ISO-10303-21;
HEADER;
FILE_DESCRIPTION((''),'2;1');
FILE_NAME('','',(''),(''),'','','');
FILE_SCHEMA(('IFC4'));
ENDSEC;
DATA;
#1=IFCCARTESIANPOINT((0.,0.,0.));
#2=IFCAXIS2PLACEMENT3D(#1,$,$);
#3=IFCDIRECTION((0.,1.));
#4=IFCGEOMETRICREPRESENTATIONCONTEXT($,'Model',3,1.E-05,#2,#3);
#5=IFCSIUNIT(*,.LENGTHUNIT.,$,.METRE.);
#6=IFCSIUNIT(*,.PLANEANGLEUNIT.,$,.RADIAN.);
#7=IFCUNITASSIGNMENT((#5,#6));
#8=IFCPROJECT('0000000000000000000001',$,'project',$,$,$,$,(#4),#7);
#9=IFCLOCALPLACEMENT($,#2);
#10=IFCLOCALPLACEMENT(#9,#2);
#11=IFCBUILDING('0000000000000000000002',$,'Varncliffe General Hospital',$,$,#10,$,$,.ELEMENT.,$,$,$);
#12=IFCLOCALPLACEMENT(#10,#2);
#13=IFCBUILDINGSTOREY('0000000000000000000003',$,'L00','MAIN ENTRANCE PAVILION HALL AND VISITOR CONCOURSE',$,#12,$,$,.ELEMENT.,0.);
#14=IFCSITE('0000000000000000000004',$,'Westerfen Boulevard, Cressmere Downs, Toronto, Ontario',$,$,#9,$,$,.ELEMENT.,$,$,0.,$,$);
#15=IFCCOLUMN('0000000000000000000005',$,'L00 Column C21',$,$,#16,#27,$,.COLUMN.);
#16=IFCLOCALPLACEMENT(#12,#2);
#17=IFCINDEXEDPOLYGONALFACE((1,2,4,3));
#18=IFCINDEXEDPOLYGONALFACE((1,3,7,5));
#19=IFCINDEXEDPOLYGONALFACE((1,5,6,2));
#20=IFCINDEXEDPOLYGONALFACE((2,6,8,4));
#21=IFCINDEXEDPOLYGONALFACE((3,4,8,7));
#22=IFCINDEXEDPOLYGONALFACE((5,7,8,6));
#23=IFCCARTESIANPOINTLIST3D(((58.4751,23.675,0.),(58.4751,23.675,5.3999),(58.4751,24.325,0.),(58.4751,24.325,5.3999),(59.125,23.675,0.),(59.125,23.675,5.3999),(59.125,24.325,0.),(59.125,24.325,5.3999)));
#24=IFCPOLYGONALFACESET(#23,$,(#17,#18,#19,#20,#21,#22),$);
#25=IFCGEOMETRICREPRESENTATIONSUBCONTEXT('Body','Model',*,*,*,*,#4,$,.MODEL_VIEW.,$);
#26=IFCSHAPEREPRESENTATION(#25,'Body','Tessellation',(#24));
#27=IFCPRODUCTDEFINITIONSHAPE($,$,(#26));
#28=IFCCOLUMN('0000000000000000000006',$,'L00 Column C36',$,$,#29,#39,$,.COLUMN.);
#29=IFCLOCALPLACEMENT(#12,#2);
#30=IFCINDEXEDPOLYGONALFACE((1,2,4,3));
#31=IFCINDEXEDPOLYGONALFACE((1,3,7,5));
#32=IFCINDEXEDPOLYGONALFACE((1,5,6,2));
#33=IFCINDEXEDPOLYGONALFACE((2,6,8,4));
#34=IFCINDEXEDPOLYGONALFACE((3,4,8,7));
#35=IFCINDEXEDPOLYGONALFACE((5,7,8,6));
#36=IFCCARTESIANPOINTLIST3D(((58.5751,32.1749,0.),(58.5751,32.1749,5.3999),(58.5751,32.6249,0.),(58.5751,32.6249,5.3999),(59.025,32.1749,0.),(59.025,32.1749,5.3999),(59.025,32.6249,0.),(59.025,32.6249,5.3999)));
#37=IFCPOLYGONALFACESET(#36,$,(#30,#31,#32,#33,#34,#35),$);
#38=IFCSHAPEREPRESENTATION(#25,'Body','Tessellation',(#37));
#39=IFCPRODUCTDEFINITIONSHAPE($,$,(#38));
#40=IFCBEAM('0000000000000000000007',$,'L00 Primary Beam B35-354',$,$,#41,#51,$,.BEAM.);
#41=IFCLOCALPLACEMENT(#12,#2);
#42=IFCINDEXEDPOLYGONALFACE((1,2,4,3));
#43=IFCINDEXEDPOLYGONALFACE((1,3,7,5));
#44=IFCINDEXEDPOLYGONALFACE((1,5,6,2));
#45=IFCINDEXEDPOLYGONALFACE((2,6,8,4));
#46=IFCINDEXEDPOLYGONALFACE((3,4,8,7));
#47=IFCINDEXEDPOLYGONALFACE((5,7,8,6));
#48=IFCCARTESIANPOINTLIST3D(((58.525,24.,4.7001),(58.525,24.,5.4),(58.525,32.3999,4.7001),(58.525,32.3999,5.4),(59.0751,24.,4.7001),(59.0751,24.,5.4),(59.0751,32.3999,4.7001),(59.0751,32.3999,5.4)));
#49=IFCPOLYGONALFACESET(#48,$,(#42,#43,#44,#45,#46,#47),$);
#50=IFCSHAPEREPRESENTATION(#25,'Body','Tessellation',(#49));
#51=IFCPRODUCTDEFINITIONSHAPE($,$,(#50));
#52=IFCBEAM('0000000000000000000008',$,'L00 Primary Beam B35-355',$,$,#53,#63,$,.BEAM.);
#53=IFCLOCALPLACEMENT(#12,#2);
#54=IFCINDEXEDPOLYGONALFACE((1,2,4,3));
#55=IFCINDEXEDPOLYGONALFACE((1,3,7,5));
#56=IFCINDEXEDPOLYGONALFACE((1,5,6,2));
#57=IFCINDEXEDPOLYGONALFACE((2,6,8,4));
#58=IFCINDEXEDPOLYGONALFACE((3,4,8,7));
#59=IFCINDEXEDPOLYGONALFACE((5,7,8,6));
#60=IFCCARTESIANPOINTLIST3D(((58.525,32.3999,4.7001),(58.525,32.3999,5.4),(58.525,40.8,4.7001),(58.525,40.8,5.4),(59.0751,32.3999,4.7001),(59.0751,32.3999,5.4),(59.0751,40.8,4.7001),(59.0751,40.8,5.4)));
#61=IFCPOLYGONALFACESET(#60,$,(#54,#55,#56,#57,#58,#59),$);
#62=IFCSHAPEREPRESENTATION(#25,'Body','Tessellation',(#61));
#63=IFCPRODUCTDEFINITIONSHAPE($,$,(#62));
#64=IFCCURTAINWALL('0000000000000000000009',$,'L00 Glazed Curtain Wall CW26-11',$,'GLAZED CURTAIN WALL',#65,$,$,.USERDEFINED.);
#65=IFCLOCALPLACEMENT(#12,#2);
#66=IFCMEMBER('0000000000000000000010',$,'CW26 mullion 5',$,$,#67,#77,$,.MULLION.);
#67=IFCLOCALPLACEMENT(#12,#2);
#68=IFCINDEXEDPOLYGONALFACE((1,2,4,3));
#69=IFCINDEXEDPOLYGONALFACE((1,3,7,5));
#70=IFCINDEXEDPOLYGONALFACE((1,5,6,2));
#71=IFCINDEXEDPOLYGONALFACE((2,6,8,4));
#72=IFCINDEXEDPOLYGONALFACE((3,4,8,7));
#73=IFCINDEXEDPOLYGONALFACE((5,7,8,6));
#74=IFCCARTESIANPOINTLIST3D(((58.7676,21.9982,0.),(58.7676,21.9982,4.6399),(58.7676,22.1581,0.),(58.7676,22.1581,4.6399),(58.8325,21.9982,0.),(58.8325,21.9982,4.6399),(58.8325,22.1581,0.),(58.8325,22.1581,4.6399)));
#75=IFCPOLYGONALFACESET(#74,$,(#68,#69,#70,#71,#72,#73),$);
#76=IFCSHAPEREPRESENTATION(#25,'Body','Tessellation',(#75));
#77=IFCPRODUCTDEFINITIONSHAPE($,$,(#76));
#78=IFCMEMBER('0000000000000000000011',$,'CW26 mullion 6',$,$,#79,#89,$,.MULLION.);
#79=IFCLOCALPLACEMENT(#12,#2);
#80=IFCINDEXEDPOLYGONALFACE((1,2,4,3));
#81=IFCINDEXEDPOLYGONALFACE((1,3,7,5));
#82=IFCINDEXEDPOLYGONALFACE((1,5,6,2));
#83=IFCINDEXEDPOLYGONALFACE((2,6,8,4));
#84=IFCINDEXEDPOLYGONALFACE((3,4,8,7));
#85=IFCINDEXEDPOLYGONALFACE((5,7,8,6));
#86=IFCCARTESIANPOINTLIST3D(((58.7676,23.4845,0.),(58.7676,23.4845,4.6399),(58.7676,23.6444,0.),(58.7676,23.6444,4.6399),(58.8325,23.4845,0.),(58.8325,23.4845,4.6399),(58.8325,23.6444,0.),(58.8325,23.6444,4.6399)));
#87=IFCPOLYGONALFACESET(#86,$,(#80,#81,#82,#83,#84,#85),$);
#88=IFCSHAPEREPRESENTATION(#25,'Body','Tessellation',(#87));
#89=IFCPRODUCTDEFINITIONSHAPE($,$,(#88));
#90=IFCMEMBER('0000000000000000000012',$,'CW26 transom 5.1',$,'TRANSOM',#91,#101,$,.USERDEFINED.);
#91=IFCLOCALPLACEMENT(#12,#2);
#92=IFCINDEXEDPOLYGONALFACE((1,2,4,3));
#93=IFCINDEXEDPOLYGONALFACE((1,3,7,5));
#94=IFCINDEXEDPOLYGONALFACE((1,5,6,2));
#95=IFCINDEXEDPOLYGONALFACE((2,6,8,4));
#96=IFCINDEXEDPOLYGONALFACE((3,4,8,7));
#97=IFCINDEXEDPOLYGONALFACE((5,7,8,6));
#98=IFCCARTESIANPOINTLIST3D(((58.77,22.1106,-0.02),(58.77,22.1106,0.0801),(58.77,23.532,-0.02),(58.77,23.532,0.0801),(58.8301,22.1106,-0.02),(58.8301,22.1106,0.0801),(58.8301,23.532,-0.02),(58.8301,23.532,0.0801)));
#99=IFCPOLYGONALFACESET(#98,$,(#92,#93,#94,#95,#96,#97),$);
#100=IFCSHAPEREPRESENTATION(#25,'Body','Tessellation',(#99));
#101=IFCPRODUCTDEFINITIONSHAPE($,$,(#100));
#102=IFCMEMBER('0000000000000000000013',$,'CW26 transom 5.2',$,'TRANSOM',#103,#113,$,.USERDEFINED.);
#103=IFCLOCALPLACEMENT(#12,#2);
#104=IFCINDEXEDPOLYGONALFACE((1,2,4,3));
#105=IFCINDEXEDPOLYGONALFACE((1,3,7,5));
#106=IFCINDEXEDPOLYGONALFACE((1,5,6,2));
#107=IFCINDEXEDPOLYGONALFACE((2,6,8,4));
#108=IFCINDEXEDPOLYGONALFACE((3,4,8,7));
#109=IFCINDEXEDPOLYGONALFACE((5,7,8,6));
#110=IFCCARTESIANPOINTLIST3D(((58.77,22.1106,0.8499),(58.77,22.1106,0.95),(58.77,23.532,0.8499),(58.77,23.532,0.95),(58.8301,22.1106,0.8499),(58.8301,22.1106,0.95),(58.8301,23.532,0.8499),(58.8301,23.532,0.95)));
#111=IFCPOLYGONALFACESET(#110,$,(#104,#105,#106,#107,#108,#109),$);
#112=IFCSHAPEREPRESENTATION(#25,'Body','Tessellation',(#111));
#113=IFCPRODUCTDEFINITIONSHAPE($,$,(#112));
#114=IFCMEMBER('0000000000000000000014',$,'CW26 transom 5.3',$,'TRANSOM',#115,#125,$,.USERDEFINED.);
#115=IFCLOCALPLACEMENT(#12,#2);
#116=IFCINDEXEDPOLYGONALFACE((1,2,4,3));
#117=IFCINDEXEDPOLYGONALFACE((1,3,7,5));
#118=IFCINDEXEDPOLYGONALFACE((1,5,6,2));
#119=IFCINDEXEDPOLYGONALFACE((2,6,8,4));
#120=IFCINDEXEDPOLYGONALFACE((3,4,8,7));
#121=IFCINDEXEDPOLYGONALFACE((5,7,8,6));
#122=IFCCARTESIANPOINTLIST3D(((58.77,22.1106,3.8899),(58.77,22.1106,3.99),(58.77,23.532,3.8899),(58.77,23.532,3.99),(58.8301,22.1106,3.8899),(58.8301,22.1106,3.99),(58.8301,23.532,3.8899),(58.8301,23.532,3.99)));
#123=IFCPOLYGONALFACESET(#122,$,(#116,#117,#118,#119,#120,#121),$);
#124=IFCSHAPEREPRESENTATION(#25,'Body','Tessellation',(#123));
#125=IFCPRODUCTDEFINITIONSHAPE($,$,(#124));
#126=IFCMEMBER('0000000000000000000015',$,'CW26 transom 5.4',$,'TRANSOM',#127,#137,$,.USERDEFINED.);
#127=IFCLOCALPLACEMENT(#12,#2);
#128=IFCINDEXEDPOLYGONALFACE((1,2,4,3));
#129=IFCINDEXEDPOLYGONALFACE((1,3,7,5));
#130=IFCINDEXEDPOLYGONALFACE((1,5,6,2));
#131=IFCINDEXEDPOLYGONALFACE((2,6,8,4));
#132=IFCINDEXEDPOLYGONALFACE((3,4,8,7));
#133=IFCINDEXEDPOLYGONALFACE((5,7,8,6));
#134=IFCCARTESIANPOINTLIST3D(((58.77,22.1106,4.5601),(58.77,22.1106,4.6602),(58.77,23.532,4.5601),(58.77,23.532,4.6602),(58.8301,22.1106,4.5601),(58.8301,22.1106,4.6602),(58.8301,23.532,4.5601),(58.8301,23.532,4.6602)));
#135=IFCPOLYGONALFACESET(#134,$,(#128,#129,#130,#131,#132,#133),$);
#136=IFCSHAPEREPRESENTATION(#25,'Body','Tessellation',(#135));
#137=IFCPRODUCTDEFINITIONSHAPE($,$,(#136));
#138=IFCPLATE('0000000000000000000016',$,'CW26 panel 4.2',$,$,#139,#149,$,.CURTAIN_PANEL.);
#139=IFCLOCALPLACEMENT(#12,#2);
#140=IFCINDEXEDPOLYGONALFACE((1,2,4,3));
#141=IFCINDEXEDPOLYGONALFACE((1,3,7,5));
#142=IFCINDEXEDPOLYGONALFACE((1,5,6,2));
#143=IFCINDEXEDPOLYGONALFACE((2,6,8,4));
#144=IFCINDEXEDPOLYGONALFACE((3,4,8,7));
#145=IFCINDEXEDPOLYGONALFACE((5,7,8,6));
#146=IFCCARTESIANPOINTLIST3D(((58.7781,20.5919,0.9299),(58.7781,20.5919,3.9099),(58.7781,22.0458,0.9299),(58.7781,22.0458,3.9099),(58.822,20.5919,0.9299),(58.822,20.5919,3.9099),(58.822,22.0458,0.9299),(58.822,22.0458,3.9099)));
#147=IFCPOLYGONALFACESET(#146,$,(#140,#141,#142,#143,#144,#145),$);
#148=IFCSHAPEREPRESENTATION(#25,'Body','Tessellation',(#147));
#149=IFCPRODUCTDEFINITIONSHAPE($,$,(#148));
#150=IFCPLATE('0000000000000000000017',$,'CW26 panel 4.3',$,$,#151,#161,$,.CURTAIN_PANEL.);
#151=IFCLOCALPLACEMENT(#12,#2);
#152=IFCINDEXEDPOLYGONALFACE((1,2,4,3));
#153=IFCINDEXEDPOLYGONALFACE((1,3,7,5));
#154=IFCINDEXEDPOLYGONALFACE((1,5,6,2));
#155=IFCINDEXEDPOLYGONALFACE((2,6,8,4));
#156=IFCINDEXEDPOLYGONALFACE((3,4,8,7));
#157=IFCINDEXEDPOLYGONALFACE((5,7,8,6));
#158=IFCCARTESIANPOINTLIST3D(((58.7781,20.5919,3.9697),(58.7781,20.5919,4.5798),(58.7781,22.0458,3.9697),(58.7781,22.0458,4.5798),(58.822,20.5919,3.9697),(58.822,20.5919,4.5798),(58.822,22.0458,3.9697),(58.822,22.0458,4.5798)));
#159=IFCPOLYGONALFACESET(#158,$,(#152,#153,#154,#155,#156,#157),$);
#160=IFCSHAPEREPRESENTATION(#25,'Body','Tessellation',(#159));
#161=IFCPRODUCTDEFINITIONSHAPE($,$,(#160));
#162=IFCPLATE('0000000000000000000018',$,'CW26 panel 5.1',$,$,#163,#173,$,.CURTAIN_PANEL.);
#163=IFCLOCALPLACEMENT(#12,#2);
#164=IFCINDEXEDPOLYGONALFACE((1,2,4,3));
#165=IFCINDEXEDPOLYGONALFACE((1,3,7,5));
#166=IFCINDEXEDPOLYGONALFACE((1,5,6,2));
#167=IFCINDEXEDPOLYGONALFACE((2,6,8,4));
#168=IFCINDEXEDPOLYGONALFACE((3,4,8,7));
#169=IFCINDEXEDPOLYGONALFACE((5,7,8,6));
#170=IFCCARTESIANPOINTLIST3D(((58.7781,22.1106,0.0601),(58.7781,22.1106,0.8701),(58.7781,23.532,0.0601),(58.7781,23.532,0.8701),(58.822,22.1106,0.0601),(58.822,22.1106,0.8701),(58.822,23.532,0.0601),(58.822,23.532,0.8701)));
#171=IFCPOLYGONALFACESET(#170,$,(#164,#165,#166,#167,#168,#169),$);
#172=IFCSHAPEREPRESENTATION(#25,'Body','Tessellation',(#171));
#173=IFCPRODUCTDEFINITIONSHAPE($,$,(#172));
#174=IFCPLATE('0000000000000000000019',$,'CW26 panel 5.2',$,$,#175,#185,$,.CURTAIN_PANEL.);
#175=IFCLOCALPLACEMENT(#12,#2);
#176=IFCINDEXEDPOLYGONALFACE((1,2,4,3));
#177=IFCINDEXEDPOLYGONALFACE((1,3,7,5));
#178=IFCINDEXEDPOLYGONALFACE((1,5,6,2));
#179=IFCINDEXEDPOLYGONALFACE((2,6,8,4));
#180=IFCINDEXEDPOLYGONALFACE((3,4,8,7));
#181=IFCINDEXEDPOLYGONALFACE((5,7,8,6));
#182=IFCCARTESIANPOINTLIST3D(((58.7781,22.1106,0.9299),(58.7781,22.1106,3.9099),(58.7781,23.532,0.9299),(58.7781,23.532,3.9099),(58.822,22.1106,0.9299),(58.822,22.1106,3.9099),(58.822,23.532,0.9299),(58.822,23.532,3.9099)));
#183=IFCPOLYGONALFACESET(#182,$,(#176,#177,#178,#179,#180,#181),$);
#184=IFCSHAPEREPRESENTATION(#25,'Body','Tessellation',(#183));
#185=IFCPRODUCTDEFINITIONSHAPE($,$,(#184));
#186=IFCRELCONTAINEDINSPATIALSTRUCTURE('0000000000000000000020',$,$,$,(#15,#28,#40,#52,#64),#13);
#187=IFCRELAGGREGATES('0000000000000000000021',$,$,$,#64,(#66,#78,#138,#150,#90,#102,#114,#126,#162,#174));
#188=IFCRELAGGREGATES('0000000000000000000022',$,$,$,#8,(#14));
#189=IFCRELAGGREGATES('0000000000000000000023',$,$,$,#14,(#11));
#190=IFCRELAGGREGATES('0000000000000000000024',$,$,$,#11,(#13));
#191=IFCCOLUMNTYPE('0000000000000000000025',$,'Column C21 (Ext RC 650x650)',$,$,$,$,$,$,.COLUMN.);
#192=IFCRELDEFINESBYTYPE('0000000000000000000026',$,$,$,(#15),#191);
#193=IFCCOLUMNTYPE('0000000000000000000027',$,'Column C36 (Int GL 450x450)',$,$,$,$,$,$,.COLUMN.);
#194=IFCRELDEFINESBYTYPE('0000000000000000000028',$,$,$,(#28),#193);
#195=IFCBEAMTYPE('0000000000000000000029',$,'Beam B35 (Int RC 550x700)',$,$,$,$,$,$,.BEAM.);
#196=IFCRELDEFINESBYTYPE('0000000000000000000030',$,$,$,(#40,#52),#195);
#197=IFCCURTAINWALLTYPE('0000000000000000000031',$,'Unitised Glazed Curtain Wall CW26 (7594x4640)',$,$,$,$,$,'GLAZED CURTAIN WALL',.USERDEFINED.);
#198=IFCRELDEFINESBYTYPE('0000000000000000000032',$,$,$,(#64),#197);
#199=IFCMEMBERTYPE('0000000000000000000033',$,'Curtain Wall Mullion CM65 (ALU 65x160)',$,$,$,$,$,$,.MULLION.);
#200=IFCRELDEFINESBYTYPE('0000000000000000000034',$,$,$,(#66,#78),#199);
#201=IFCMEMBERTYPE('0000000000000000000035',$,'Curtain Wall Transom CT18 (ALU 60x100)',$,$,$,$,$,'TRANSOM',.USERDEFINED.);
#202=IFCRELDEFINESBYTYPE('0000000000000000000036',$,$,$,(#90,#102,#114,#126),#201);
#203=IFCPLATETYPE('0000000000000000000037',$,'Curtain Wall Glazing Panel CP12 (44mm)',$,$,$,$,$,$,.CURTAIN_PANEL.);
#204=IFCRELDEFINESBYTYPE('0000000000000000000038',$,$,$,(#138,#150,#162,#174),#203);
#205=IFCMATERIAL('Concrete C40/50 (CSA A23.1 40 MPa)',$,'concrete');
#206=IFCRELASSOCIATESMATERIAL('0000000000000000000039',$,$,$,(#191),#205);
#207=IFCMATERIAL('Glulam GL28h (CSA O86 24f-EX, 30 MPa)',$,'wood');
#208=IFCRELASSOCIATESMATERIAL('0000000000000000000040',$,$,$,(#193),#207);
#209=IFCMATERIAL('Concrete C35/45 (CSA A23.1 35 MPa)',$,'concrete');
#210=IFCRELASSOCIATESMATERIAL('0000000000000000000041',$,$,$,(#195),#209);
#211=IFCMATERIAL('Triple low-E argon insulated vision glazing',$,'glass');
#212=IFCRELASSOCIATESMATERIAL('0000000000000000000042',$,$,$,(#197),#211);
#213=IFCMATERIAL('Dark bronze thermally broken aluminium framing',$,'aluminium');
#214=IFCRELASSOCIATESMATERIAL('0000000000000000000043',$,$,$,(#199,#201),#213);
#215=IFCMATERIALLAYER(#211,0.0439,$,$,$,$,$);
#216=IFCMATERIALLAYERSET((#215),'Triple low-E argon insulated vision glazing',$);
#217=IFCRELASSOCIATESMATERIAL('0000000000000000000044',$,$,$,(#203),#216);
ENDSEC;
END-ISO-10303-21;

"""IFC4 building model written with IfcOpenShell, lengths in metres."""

from ifc_helpers import new_model, si_unit, direction, frame, origin, origin_2d, place, context, subcontext, project, spatial, rectangle, extrude, material, layer, layer_set, material_profile, profile_set, type_object, element, aggregate, save


model = new_model("IFC4")

# Units and contexts
model_context = context("Model", 3, precision=1e-05, world=origin(), true_north=direction((0.0, 1.0)))
body_context = subcontext(model_context, "Body", "Model", "MODEL_VIEW")
ifc_project = project(units=[si_unit("LENGTHUNIT", "METRE"), si_unit("PLANEANGLEUNIT", "RADIAN")], contexts=[model_context])

# Site, building, storey
site_placement = place(None, origin())
site = spatial("IfcSite", under=ifc_project, at=site_placement, Name="Westerfen Boulevard, Cressmere Downs, Toronto, Ontario", CompositionType="ELEMENT", RefElevation=0.0)
building_placement = place(site_placement, origin())
building = spatial("IfcBuilding", under=site, at=building_placement, Name="Varncliffe General Hospital", CompositionType="ELEMENT")
storey_placement = place(building_placement, origin())
storey = spatial("IfcBuildingStorey", under=building, at=storey_placement, Name="L00", Description="MAIN ENTRANCE PAVILION HALL AND VISITOR CONCOURSE", CompositionType="ELEMENT", Elevation=0.0)

# Columns
ifc_material_1 = material(Name="Concrete C40/50 (CSA A23.1 40 MPa)", Category="concrete")
ifc_material_profile_1 = material_profile(ifc_material_1, rectangle(XDim=0.6499, YDim=0.6499, at=origin_2d()), Name="RC 650x650")
ifc_profile_set_1 = profile_set([ifc_material_profile_1], Name="Concrete C40/50 (CSA A23.1 40 MPa)")
column_type_1 = type_object("IfcColumnType", Name="Column C21 (Ext RC 650x650)", PredefinedType="COLUMN", material=ifc_profile_set_1)
column_1_placement = place(storey_placement, frame((58.8, 24.0, 0.0), z_axis=(0.0, 0.0, 1.0), x_axis=(1.0, 0.0, 0.0)))
element("IfcColumn", 1, at=column_1_placement, inside=storey, type_object=column_type_1, Name="L00 Column C21", PredefinedType="COLUMN", context=body_context, shape_type="SweptSolid", body=[
    extrude(rectangle(XDim=0.6499, YDim=0.6499, at=origin_2d()), origin(), (0.0, 0.0, 1.0), 5.3999),
])
ifc_material_2 = material(Name="Glulam GL28h (CSA O86 24f-EX, 30 MPa)", Category="wood")
ifc_material_profile_2 = material_profile(ifc_material_2, rectangle(XDim=0.45, YDim=0.45, at=origin_2d()), Name="GL 450x450")
ifc_profile_set_2 = profile_set([ifc_material_profile_2], Name="Glulam GL28h (CSA O86 24f-EX, 30 MPa)")
column_type_2 = type_object("IfcColumnType", Name="Column C36 (Int GL 450x450)", PredefinedType="COLUMN", material=ifc_profile_set_2)
column_2_placement = place(storey_placement, frame((58.8, 32.3999, 0.0), z_axis=(0.0, 0.0, 1.0), x_axis=(1.0, 0.0, 0.0)))
element("IfcColumn", 2, at=column_2_placement, inside=storey, type_object=column_type_2, Name="L00 Column C36", PredefinedType="COLUMN", context=body_context, shape_type="SweptSolid", body=[
    extrude(rectangle(XDim=0.45, YDim=0.45, at=origin_2d()), origin(), (0.0, 0.0, 1.0), 5.3999),
])

# Beams
ifc_material_3 = material(Name="Concrete C35/45 (CSA A23.1 35 MPa)", Category="concrete")
ifc_material_profile_3 = material_profile(ifc_material_3, rectangle(XDim=0.55, YDim=0.7, at=origin_2d()), Name="RC 550x700")
ifc_profile_set_3 = profile_set([ifc_material_profile_3], Name="Concrete C35/45 (CSA A23.1 35 MPa)")
beam_type = type_object("IfcBeamType", Name="Beam B35 (Int RC 550x700)", PredefinedType="BEAM", material=ifc_profile_set_3)
beam_1_placement = place(storey_placement, frame((58.8, 24.0, 5.05), z_axis=(0.0, 1.0, 0.0), x_axis=(-1.0, 0.0, 0.0)))
element("IfcBeam", 3, at=beam_1_placement, inside=storey, type_object=beam_type, Name="L00 Primary Beam B35-354", PredefinedType="BEAM", context=body_context, shape_type="SweptSolid", body=[
    extrude(rectangle(XDim=0.55, YDim=0.7, at=origin_2d()), origin(), (0.0, 0.0, 1.0), 8.3999),
])
beam_2_placement = place(storey_placement, frame((58.8, 32.3999, 5.05), z_axis=(0.0, 1.0, 0.0), x_axis=(-1.0, 0.0, 0.0)))
element("IfcBeam", 4, at=beam_2_placement, inside=storey, type_object=beam_type, Name="L00 Primary Beam B35-355", PredefinedType="BEAM", context=body_context, shape_type="SweptSolid", body=[
    extrude(rectangle(XDim=0.55, YDim=0.7, at=origin_2d()), origin(), (0.0, 0.0, 1.0), 8.4001),
])

# Curtain wall, members, plates
ifc_material_4 = material(Name="Triple low-E argon insulated vision glazing", Category="glass")
curtain_wall_type = type_object("IfcCurtainWallType", Name="Unitised Glazed Curtain Wall CW26 (7594x4640)", ElementType="GLAZED CURTAIN WALL", PredefinedType="USERDEFINED", material=ifc_material_4)
curtain_wall_placement = place(storey_placement, origin())
curtain_wall = element("IfcCurtainWall", 5, at=curtain_wall_placement, inside=storey, type_object=curtain_wall_type, Name="L00 Glazed Curtain Wall CW26-11", ObjectType="GLAZED CURTAIN WALL", PredefinedType="USERDEFINED")
ifc_material_5 = material(Name="Dark bronze thermally broken aluminium framing", Category="aluminium")
ifc_material_profile_4 = material_profile(ifc_material_5, rectangle(XDim=0.0649, YDim=0.1599, at=origin_2d()), Name="ALU 65x160")
ifc_profile_set_4 = profile_set([ifc_material_profile_4], Name="Dark bronze thermally broken aluminium framing")
member_type_1 = type_object("IfcMemberType", Name="Curtain Wall Mullion CM65 (ALU 65x160)", PredefinedType="MULLION", material=ifc_profile_set_4)
member_1_placement = place(storey_placement, frame((58.8, 22.0781, 0.0), z_axis=(0.0, 0.0, 1.0), x_axis=(-1.0, 0.0, 0.0)))
member_1 = element("IfcMember", 6, at=member_1_placement, type_object=member_type_1, Name="CW26 mullion 5", PredefinedType="MULLION", context=body_context, shape_type="SweptSolid", body=[
    extrude(rectangle(XDim=0.0649, YDim=0.1599, at=origin_2d()), origin(), (0.0, 0.0, 1.0), 4.6399),
])
member_2_placement = place(storey_placement, frame((58.8, 23.5645, 0.0), z_axis=(0.0, 0.0, 1.0), x_axis=(-1.0, 0.0, 0.0)))
member_2 = element("IfcMember", 7, at=member_2_placement, type_object=member_type_1, Name="CW26 mullion 6", PredefinedType="MULLION", context=body_context, shape_type="SweptSolid", body=[
    extrude(rectangle(XDim=0.0649, YDim=0.1599, at=origin_2d()), origin(), (0.0, 0.0, 1.0), 4.6399),
])
ifc_material_profile_5 = material_profile(ifc_material_5, rectangle(XDim=0.0601, YDim=0.1001, at=origin_2d()), Name="ALU 60x100")
ifc_profile_set_5 = profile_set([ifc_material_profile_5], Name="Dark bronze thermally broken aluminium framing")
member_type_2 = type_object("IfcMemberType", Name="Curtain Wall Transom CT18 (ALU 60x100)", ElementType="TRANSOM", PredefinedType="USERDEFINED", material=ifc_profile_set_5)
member_3_placement = place(storey_placement, frame((58.8, 22.1106, 0.03), z_axis=(0.0, 1.0, 0.0), x_axis=(-1.0, 0.0, 0.0)))
member_3 = element("IfcMember", 8, at=member_3_placement, type_object=member_type_2, Name="CW26 transom 5.1", ObjectType="TRANSOM", PredefinedType="USERDEFINED", context=body_context, shape_type="SweptSolid", body=[
    extrude(rectangle(XDim=0.0601, YDim=0.1001, at=origin_2d()), origin(), (0.0, 0.0, 1.0), 1.4214),
])
member_4_placement = place(storey_placement, frame((58.8, 22.1106, 0.8999), z_axis=(0.0, 1.0, 0.0), x_axis=(-1.0, 0.0, 0.0)))
member_4 = element("IfcMember", 9, at=member_4_placement, type_object=member_type_2, Name="CW26 transom 5.2", ObjectType="TRANSOM", PredefinedType="USERDEFINED", context=body_context, shape_type="SweptSolid", body=[
    extrude(rectangle(XDim=0.0601, YDim=0.1001, at=origin_2d()), origin(), (0.0, 0.0, 1.0), 1.4214),
])
member_5_placement = place(storey_placement, frame((58.8, 22.1106, 3.9399), z_axis=(0.0, 1.0, 0.0), x_axis=(-1.0, 0.0, 0.0)))
member_5 = element("IfcMember", 10, at=member_5_placement, type_object=member_type_2, Name="CW26 transom 5.3", ObjectType="TRANSOM", PredefinedType="USERDEFINED", context=body_context, shape_type="SweptSolid", body=[
    extrude(rectangle(XDim=0.0601, YDim=0.1001, at=origin_2d()), origin(), (0.0, 0.0, 1.0), 1.4214),
])
member_6_placement = place(storey_placement, frame((58.8, 22.1106, 4.6101), z_axis=(0.0, 1.0, 0.0), x_axis=(-1.0, 0.0, 0.0)))
member_6 = element("IfcMember", 11, at=member_6_placement, type_object=member_type_2, Name="CW26 transom 5.4", ObjectType="TRANSOM", PredefinedType="USERDEFINED", context=body_context, shape_type="SweptSolid", body=[
    extrude(rectangle(XDim=0.0601, YDim=0.1001, at=origin_2d()), origin(), (0.0, 0.0, 1.0), 1.4214),
])
ifc_layer_1 = layer(ifc_material_4, 0.0439)
ifc_layer_set_1 = layer_set([ifc_layer_1], Name="Triple low-E argon insulated vision glazing")
plate_type = type_object("IfcPlateType", Name="Curtain Wall Glazing Panel CP12 (44mm)", PredefinedType="CURTAIN_PANEL", material=ifc_layer_set_1)
plate_1_placement = place(storey_placement, frame((58.8, 21.3188, 0.9299), z_axis=(0.0, 0.0, 1.0), x_axis=(0.0, 1.0, 0.0)))
plate_1 = element("IfcPlate", 12, at=plate_1_placement, type_object=plate_type, Name="CW26 panel 4.2", PredefinedType="CURTAIN_PANEL", context=body_context, shape_type="SweptSolid", body=[
    extrude(rectangle(XDim=1.4539, YDim=0.0439, at=origin_2d()), origin(), (0.0, 0.0, 1.0), 2.98),
])
plate_2_placement = place(storey_placement, frame((58.8, 21.3188, 3.9697), z_axis=(0.0, 0.0, 1.0), x_axis=(0.0, 1.0, 0.0)))
plate_2 = element("IfcPlate", 13, at=plate_2_placement, type_object=plate_type, Name="CW26 panel 4.3", PredefinedType="CURTAIN_PANEL", context=body_context, shape_type="SweptSolid", body=[
    extrude(rectangle(XDim=1.4539, YDim=0.0439, at=origin_2d()), origin(), (0.0, 0.0, 1.0), 0.6101),
])
plate_3_placement = place(storey_placement, frame((58.8, 22.8213, 0.0601), z_axis=(0.0, 0.0, 1.0), x_axis=(0.0, 1.0, 0.0)))
plate_3 = element("IfcPlate", 14, at=plate_3_placement, type_object=plate_type, Name="CW26 panel 5.1", PredefinedType="CURTAIN_PANEL", context=body_context, shape_type="SweptSolid", body=[
    extrude(rectangle(XDim=1.4214, YDim=0.0439, at=origin_2d()), origin(), (0.0, 0.0, 1.0), 0.8101),
])
plate_4_placement = place(storey_placement, frame((58.8, 22.8213, 0.9299), z_axis=(0.0, 0.0, 1.0), x_axis=(0.0, 1.0, 0.0)))
plate_4 = element("IfcPlate", 15, at=plate_4_placement, type_object=plate_type, Name="CW26 panel 5.2", PredefinedType="CURTAIN_PANEL", context=body_context, shape_type="SweptSolid", body=[
    extrude(rectangle(XDim=1.4214, YDim=0.0439, at=origin_2d()), origin(), (0.0, 0.0, 1.0), 2.98),
])
aggregate(curtain_wall, [member_1, member_2, plate_1, plate_2, member_3, member_4, member_5, member_6, plate_3, plate_4])

save(model, "model.ifc")
